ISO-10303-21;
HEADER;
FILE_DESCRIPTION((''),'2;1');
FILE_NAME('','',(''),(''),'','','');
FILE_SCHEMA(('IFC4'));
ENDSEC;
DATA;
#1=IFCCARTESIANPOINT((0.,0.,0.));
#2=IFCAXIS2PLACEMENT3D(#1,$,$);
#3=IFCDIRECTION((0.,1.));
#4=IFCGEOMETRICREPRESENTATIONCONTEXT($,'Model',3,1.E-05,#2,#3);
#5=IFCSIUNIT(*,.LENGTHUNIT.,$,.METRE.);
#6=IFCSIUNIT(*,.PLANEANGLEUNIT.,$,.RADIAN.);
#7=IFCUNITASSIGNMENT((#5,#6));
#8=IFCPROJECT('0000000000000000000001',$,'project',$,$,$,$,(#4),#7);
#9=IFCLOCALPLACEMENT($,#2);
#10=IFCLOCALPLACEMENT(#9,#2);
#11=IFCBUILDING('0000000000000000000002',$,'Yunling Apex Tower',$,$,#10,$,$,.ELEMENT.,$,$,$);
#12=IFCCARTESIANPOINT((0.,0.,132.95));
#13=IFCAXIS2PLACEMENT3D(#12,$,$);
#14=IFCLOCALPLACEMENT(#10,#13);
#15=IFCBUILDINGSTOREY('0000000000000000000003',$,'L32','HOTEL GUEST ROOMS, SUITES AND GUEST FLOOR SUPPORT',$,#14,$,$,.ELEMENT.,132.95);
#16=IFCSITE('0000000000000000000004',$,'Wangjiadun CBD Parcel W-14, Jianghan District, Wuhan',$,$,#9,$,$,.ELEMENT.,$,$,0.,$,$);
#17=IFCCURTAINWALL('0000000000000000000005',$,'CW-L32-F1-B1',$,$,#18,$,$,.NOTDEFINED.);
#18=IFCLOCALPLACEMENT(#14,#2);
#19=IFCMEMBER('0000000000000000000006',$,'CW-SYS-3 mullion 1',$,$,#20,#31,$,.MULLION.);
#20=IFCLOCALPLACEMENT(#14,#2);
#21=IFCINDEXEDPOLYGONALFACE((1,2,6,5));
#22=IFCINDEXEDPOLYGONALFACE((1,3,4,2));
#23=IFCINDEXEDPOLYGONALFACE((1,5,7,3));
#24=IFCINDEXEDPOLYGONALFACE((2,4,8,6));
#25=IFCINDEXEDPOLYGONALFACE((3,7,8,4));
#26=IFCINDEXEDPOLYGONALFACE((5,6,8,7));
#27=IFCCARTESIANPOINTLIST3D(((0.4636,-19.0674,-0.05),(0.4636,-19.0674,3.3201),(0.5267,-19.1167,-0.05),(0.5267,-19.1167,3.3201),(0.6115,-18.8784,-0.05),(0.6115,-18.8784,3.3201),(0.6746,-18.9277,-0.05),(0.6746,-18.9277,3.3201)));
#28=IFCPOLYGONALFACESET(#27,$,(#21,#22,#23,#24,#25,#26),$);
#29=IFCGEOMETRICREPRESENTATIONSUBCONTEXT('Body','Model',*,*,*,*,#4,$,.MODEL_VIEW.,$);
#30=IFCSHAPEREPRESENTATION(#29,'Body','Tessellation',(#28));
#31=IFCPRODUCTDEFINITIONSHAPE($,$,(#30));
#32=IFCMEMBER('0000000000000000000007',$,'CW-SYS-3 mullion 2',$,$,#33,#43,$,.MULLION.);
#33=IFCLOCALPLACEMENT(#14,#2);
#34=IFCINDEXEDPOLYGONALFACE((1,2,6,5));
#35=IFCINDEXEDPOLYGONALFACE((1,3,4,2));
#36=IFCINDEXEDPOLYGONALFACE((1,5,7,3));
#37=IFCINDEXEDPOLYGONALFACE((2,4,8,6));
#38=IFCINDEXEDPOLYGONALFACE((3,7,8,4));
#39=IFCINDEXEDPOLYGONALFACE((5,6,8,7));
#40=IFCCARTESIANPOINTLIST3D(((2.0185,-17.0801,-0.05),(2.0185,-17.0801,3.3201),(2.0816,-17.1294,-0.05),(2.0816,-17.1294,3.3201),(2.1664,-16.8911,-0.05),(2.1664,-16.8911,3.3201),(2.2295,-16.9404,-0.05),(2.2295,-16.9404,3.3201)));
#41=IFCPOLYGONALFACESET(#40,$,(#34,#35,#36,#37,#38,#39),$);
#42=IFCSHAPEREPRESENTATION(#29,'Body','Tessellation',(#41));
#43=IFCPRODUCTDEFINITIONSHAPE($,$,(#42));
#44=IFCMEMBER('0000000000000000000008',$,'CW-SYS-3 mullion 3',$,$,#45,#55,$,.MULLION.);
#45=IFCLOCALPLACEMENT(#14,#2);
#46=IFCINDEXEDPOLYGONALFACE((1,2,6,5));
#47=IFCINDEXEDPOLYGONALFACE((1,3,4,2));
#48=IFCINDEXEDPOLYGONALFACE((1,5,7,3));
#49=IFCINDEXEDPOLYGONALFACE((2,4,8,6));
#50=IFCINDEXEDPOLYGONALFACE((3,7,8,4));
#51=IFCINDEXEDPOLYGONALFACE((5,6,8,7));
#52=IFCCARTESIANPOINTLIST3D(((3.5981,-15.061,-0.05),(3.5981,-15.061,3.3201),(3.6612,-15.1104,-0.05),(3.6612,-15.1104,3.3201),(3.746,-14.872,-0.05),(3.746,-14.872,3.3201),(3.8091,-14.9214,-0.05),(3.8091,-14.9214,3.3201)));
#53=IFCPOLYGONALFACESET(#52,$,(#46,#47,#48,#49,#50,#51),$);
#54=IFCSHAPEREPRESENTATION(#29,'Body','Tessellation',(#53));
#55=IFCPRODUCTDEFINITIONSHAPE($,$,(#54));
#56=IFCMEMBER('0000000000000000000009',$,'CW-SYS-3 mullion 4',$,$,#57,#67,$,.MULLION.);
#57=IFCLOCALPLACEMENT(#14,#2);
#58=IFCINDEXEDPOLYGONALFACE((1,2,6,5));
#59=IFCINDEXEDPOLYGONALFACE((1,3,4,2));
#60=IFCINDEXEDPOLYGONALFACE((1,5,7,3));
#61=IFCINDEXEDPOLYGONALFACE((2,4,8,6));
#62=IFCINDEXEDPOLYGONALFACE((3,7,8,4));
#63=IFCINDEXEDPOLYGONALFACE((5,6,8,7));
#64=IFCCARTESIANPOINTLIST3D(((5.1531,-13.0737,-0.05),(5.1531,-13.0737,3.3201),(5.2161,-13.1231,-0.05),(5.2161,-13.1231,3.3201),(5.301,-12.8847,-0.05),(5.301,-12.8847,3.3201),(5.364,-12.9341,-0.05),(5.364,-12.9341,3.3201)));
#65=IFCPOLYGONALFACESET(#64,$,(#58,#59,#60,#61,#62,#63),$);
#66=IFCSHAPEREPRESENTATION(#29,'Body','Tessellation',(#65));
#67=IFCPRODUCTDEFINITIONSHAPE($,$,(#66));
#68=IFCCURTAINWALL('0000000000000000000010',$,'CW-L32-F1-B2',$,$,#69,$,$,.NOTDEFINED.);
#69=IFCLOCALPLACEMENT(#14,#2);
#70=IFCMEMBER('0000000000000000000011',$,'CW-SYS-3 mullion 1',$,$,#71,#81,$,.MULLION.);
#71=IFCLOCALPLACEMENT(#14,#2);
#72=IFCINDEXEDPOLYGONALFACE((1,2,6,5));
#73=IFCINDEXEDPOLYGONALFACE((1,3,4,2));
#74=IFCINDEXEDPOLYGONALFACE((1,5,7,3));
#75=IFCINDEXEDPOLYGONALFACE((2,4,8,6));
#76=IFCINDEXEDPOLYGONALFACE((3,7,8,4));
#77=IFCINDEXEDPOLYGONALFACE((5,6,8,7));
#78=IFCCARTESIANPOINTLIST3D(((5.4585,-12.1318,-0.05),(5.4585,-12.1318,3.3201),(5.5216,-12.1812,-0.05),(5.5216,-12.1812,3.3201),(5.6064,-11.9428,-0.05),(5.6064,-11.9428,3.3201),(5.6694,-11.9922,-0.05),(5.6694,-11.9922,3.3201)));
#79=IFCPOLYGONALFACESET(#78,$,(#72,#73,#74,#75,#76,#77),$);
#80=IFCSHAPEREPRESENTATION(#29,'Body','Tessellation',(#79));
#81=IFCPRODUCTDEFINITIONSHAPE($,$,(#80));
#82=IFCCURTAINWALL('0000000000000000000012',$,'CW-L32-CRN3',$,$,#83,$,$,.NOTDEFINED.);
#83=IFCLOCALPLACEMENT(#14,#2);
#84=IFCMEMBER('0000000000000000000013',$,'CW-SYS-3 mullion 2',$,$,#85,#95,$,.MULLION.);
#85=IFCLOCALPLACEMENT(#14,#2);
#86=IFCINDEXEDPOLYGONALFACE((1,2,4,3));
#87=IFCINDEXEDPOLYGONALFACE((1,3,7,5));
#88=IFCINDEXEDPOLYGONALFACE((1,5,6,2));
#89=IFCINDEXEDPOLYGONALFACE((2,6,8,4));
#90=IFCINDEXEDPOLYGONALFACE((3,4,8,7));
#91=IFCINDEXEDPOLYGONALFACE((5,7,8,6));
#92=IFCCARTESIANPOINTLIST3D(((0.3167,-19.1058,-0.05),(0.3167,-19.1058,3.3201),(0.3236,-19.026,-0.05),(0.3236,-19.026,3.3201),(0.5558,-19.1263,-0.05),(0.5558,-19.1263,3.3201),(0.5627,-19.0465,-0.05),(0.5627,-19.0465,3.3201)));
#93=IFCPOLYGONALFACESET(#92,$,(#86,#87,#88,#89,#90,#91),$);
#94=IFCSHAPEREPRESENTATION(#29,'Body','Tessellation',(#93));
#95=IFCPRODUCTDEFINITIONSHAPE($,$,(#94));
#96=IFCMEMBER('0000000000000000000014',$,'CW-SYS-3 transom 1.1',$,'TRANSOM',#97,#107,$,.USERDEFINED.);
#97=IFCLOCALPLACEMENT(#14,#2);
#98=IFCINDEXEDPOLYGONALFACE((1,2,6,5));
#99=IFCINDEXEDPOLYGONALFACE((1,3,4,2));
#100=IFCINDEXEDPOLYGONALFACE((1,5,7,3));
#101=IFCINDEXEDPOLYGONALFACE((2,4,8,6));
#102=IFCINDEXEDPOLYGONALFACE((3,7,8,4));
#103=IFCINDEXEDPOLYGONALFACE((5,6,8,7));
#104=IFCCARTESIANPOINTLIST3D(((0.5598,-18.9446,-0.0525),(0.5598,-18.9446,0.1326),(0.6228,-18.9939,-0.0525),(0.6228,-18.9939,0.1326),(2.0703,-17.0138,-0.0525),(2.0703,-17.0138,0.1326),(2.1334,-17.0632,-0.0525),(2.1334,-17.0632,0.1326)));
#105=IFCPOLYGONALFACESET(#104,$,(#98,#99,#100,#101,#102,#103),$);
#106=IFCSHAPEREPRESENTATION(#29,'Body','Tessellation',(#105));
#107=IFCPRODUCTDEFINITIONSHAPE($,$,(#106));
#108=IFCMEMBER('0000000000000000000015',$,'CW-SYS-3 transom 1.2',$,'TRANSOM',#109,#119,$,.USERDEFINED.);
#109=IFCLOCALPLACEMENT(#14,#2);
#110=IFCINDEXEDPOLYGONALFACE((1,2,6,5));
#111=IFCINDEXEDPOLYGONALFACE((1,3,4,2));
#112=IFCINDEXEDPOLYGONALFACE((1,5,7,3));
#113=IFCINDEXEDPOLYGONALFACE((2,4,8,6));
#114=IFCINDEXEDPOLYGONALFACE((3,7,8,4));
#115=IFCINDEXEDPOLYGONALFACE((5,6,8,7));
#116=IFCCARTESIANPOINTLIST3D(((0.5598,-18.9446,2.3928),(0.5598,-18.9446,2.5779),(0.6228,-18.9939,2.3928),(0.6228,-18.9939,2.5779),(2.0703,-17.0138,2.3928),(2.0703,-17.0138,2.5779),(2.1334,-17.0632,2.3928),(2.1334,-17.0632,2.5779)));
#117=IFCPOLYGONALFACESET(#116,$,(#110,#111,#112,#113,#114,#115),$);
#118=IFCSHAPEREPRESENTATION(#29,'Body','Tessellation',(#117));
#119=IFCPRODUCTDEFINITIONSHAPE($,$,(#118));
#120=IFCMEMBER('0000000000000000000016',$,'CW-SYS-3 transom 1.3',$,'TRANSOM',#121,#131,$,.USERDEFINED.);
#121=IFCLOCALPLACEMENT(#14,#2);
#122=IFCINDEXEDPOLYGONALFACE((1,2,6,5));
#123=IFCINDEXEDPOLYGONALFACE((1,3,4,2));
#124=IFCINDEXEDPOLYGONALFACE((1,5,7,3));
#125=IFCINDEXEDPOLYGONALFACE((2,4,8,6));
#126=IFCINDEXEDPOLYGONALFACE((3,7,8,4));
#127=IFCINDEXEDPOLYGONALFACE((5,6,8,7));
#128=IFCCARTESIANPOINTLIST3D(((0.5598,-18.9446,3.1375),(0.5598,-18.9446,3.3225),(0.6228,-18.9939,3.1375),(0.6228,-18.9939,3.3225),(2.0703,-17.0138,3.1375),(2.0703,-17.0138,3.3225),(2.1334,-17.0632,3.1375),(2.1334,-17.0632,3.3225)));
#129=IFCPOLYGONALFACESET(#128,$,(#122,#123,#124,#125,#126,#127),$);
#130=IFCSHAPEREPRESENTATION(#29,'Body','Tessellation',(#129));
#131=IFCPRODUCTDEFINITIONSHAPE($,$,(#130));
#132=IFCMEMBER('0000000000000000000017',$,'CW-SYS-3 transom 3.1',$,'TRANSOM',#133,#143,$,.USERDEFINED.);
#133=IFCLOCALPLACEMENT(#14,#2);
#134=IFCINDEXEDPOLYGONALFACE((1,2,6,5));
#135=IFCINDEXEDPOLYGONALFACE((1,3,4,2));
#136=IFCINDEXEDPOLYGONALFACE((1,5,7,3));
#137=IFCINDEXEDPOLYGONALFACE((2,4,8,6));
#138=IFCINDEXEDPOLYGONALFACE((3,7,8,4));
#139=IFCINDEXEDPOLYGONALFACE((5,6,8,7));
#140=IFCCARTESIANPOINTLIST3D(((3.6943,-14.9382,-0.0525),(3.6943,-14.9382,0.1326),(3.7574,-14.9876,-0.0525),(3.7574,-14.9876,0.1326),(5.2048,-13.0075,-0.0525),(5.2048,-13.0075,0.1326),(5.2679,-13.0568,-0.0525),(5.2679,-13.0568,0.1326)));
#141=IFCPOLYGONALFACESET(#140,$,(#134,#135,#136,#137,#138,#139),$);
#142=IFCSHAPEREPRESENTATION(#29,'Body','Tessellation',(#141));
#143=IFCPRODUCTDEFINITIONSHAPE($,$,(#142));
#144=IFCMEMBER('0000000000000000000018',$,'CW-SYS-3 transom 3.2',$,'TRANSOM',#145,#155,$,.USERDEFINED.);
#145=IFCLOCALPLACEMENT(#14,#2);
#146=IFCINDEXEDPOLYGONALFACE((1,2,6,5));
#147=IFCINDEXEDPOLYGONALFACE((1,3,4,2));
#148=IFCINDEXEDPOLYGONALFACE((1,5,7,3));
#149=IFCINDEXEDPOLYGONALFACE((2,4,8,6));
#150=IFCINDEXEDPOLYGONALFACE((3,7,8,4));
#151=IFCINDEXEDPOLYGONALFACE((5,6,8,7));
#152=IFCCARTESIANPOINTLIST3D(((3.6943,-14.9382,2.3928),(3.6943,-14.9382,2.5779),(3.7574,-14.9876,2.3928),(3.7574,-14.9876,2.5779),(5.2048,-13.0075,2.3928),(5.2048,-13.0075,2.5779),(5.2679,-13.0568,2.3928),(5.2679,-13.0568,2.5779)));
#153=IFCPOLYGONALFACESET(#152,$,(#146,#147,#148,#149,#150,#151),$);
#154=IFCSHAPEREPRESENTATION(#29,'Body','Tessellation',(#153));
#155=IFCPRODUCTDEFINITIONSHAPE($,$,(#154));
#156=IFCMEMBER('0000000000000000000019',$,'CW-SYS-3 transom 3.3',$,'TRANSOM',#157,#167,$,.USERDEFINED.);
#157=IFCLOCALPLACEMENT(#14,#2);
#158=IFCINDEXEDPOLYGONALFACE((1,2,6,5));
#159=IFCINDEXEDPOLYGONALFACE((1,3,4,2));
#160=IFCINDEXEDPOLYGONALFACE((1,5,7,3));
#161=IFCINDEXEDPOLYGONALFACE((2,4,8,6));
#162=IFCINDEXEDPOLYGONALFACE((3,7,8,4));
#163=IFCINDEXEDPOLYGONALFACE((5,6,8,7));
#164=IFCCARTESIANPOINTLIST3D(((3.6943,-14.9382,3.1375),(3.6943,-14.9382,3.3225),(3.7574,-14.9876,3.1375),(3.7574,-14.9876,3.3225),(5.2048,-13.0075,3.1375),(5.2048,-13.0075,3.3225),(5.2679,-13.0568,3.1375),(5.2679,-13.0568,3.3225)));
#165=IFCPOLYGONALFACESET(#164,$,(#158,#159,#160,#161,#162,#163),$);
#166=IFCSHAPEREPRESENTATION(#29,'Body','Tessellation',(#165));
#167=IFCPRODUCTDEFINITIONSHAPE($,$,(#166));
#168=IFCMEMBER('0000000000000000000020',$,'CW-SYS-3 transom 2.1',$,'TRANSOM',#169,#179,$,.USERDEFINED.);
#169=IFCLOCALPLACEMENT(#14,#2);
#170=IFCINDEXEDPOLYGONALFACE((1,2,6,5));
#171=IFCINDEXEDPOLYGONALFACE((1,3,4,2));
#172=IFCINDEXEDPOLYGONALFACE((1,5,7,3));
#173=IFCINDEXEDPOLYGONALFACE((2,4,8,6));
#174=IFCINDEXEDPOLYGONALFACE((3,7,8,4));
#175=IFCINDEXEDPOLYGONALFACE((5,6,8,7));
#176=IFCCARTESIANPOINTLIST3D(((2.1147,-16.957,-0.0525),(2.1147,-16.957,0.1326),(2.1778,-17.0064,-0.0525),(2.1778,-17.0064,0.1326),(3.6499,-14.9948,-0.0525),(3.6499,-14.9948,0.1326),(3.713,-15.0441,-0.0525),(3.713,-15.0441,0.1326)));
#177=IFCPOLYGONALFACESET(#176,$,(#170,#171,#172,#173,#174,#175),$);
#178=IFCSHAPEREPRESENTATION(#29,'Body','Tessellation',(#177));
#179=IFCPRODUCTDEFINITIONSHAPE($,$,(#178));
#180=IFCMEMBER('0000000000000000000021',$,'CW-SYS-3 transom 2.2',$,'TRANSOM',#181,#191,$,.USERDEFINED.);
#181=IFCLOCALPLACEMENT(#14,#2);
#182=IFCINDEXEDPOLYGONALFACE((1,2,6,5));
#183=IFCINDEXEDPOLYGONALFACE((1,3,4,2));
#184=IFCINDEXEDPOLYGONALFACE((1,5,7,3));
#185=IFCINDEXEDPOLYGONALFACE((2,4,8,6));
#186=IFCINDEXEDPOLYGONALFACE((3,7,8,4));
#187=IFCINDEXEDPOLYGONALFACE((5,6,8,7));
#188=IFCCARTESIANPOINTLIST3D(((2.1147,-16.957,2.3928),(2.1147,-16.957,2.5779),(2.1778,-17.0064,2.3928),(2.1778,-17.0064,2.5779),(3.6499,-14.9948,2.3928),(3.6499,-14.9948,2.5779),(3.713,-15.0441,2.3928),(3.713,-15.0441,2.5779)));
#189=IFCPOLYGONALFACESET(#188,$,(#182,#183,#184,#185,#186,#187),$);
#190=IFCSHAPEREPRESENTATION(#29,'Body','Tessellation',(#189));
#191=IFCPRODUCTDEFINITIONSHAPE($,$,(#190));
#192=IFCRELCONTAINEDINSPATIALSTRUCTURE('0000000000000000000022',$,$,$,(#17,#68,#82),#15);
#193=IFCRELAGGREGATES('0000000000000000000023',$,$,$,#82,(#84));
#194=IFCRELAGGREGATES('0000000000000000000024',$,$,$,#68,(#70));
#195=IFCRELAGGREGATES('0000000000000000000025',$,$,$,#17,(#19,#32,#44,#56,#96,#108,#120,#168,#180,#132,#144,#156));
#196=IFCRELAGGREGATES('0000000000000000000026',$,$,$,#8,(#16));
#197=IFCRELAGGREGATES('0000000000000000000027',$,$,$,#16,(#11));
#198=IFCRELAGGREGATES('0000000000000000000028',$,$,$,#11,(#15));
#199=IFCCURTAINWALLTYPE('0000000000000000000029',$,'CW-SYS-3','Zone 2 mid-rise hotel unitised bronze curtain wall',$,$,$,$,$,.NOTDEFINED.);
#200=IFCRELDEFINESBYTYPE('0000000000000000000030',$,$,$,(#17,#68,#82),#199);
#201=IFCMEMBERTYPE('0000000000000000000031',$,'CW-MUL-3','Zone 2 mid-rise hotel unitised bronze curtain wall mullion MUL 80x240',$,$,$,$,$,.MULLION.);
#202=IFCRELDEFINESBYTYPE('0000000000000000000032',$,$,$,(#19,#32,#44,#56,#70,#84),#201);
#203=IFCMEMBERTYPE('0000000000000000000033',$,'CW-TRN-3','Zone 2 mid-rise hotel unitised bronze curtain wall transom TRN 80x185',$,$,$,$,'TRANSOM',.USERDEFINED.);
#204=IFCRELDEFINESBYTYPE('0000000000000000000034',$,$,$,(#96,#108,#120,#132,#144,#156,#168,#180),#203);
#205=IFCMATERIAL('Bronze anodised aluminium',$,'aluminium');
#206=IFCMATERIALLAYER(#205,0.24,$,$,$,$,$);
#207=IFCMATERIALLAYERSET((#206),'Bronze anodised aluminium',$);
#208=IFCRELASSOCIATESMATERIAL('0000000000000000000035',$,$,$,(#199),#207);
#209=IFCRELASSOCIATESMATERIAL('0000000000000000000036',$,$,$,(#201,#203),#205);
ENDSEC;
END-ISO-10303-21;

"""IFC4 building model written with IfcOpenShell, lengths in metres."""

from ifc_helpers import new_model, si_unit, direction, frame, origin, origin_2d, place, context, subcontext, project, spatial, rectangle, extrude, source, transform, mapped, material, layer, layer_set, material_profile, profile_set, type_object, element, aggregate, save


model = new_model("IFC4")

# Units and contexts
model_context = context("Model", 3, precision=1e-05, world=origin(), true_north=direction((0.0, 1.0)))
body_context = subcontext(model_context, "Body", "Model", "MODEL_VIEW")
ifc_project = project(units=[si_unit("LENGTHUNIT", "METRE"), si_unit("PLANEANGLEUNIT", "RADIAN")], contexts=[model_context])

# Site, building, storey
site_placement = place(None, origin())
site = spatial("IfcSite", under=ifc_project, at=site_placement, Name="Wangjiadun CBD Parcel W-14, Jianghan District, Wuhan", CompositionType="ELEMENT", RefElevation=0.0)
building_placement = place(site_placement, origin())
building = spatial("IfcBuilding", under=site, at=building_placement, Name="Yunling Apex Tower", CompositionType="ELEMENT")
storey_placement = place(building_placement, frame((0.0, 0.0, 132.95)))
storey = spatial("IfcBuildingStorey", under=building, at=storey_placement, Name="L32", Description="HOTEL GUEST ROOMS, SUITES AND GUEST FLOOR SUPPORT", CompositionType="ELEMENT", Elevation=132.95)

# Curtain wall, members
ifc_material_1 = material(Name="Bronze anodised aluminium", Category="aluminium")
ifc_layer_1 = layer(ifc_material_1, 0.24)
ifc_layer_set_1 = layer_set([ifc_layer_1], Name="Bronze anodised aluminium")
curtain_wall_type = type_object("IfcCurtainWallType", Name="CW-SYS-3", Description="Zone 2 mid-rise hotel unitised bronze curtain wall", PredefinedType="NOTDEFINED", material=ifc_layer_set_1)
curtain_wall_1_placement = place(storey_placement, origin())
curtain_wall_1 = element("IfcCurtainWall", 1, at=curtain_wall_1_placement, inside=storey, type_object=curtain_wall_type, Name="CW-L32-F1-B1", PredefinedType="NOTDEFINED")
ifc_material_profile_1 = material_profile(ifc_material_1, rectangle(XDim=0.0801, YDim=0.24, at=origin_2d()))
ifc_profile_set_1 = profile_set([ifc_material_profile_1], Name="Bronze anodised aluminium")
member_type_1 = type_object("IfcMemberType", Name="CW-MUL-3", Description="Zone 2 mid-rise hotel unitised bronze curtain wall mullion MUL 80x240", PredefinedType="MULLION", material=ifc_profile_set_1)
shared_shape_1 = source(origin(), body_context, "Body", "SweptSolid", [
    extrude(rectangle(XDim=0.0801, YDim=0.24, at=origin_2d()), origin(), (0.0, 0.0, 1.0), 3.3701),
])
member_1_placement = place(storey_placement, frame((0.5691, -18.9976, -0.05), z_axis=(0.0, 0.0, 1.0), x_axis=(-0.787584, 0.616208, 0.0)))
member_1 = element("IfcMember", 2, at=member_1_placement, type_object=member_type_1, Name="CW-SYS-3 mullion 1", PredefinedType="MULLION", context=body_context, shape_type="MappedRepresentation", body=[
    mapped(shared_shape_1, transform((0.0, 0.0, 0.0), scale=1.0)),
])
member_2_placement = place(storey_placement, frame((2.124, -17.0103, -0.05), z_axis=(0.0, 0.0, 1.0), x_axis=(-0.787584, 0.616208, 0.0)))
member_2 = element("IfcMember", 3, at=member_2_placement, type_object=member_type_1, Name="CW-SYS-3 mullion 2", PredefinedType="MULLION", context=body_context, shape_type="MappedRepresentation", body=[
    mapped(shared_shape_1, transform((0.0, 0.0, 0.0), scale=1.0)),
])
member_3_placement = place(storey_placement, frame((3.7036, -14.9912, -0.05), z_axis=(0.0, 0.0, 1.0), x_axis=(-0.787584, 0.616208, 0.0)))
member_3 = element("IfcMember", 4, at=member_3_placement, type_object=member_type_1, Name="CW-SYS-3 mullion 3", PredefinedType="MULLION", context=body_context, shape_type="MappedRepresentation", body=[
    mapped(shared_shape_1, transform((0.0, 0.0, 0.0), scale=1.0)),
])
member_4_placement = place(storey_placement, frame((5.2585, -13.0039, -0.05), z_axis=(0.0, 0.0, 1.0), x_axis=(-0.787584, 0.616208, 0.0)))
member_4 = element("IfcMember", 5, at=member_4_placement, type_object=member_type_1, Name="CW-SYS-3 mullion 4", PredefinedType="MULLION", context=body_context, shape_type="MappedRepresentation", body=[
    mapped(shared_shape_1, transform((0.0, 0.0, 0.0), scale=1.0)),
])

# Curtain walls, members
curtain_wall_2_placement = place(storey_placement, origin())
curtain_wall_2 = element("IfcCurtainWall", 6, at=curtain_wall_2_placement, inside=storey, type_object=curtain_wall_type, Name="CW-L32-F1-B2", PredefinedType="NOTDEFINED")
member_5_placement = place(storey_placement, frame((5.564, -12.062, -0.05), z_axis=(0.0, 0.0, 1.0), x_axis=(-0.78759, 0.616199, 0.0)))
member_5 = element("IfcMember", 7, at=member_5_placement, type_object=member_type_1, Name="CW-SYS-3 mullion 1", PredefinedType="MULLION", context=body_context, shape_type="MappedRepresentation", body=[
    mapped(shared_shape_1, transform((0.0, 0.0, 0.0), scale=1.0)),
])
curtain_wall_3_placement = place(storey_placement, origin())
curtain_wall_3 = element("IfcCurtainWall", 8, at=curtain_wall_3_placement, inside=storey, type_object=curtain_wall_type, Name="CW-L32-CRN3", PredefinedType="NOTDEFINED")
member_6_placement = place(storey_placement, frame((0.4397, -19.0762, -0.05), z_axis=(0.0, 0.0, 1.0), x_axis=(0.08555, 0.996334, 0.0)))
member_6 = element("IfcMember", 9, at=member_6_placement, type_object=member_type_1, Name="CW-SYS-3 mullion 2", PredefinedType="MULLION", context=body_context, shape_type="MappedRepresentation", body=[
    mapped(shared_shape_1, transform((0.0, 0.0, 0.0), scale=1.0)),
])
aggregate(curtain_wall_3, [member_6])

# Members
ifc_material_profile_2 = material_profile(ifc_material_1, rectangle(XDim=0.0801, YDim=0.1851, at=origin_2d()))
ifc_profile_set_2 = profile_set([ifc_material_profile_2], Name="Bronze anodised aluminium")
member_type_2 = type_object("IfcMemberType", Name="CW-TRN-3", Description="Zone 2 mid-rise hotel unitised bronze curtain wall transom TRN 80x185", ElementType="TRANSOM", PredefinedType="USERDEFINED", material=ifc_profile_set_2)
shared_shape_2 = source(origin(), body_context, "Body", "SweptSolid", [
    extrude(rectangle(XDim=0.0801, YDim=0.1851, at=origin_2d()), origin(), (0.0, 0.0, 1.0), 2.4514),
])
member_7_placement = place(storey_placement, frame((0.5913, -18.9692, 0.04), z_axis=(0.616193, 0.787595, 0.0), x_axis=(-0.787595, 0.616193, 0.0)))
member_7 = element("IfcMember", 10, at=member_7_placement, type_object=member_type_2, Name="CW-SYS-3 transom 1.1", ObjectType="TRANSOM", PredefinedType="USERDEFINED", context=body_context, shape_type="MappedRepresentation", body=[
    mapped(shared_shape_2, transform((0.0, 0.0, 0.0), scale=1.0)),
])
member_8_placement = place(storey_placement, frame((0.5913, -18.9692, 2.4854), z_axis=(0.616193, 0.787595, 0.0), x_axis=(-0.787595, 0.616193, 0.0)))
member_8 = element("IfcMember", 11, at=member_8_placement, type_object=member_type_2, Name="CW-SYS-3 transom 1.2", ObjectType="TRANSOM", PredefinedType="USERDEFINED", context=body_context, shape_type="MappedRepresentation", body=[
    mapped(shared_shape_2, transform((0.0, 0.0, 0.0), scale=1.0)),
])
member_9_placement = place(storey_placement, frame((0.5913, -18.9692, 3.23), z_axis=(0.616193, 0.787595, 0.0), x_axis=(-0.787595, 0.616193, 0.0)))
member_9 = element("IfcMember", 12, at=member_9_placement, type_object=member_type_2, Name="CW-SYS-3 transom 1.3", ObjectType="TRANSOM", PredefinedType="USERDEFINED", context=body_context, shape_type="MappedRepresentation", body=[
    mapped(shared_shape_2, transform((0.0, 0.0, 0.0), scale=1.0)),
])
member_10_placement = place(storey_placement, frame((3.7258, -14.9629, 0.04), z_axis=(0.616193, 0.787595, 0.0), x_axis=(-0.787595, 0.616193, 0.0)))
member_10 = element("IfcMember", 13, at=member_10_placement, type_object=member_type_2, Name="CW-SYS-3 transom 3.1", ObjectType="TRANSOM", PredefinedType="USERDEFINED", context=body_context, shape_type="MappedRepresentation", body=[
    mapped(shared_shape_2, transform((0.0, 0.0, 0.0), scale=1.0)),
])
member_11_placement = place(storey_placement, frame((3.7258, -14.9629, 2.4854), z_axis=(0.616193, 0.787595, 0.0), x_axis=(-0.787595, 0.616193, 0.0)))
member_11 = element("IfcMember", 14, at=member_11_placement, type_object=member_type_2, Name="CW-SYS-3 transom 3.2", ObjectType="TRANSOM", PredefinedType="USERDEFINED", context=body_context, shape_type="MappedRepresentation", body=[
    mapped(shared_shape_2, transform((0.0, 0.0, 0.0), scale=1.0)),
])
member_12_placement = place(storey_placement, frame((3.7258, -14.9629, 3.23), z_axis=(0.616193, 0.787595, 0.0), x_axis=(-0.787595, 0.616193, 0.0)))
member_12 = element("IfcMember", 15, at=member_12_placement, type_object=member_type_2, Name="CW-SYS-3 transom 3.3", ObjectType="TRANSOM", PredefinedType="USERDEFINED", context=body_context, shape_type="MappedRepresentation", body=[
    mapped(shared_shape_2, transform((0.0, 0.0, 0.0), scale=1.0)),
])
shared_shape_3 = source(origin(), body_context, "Body", "SweptSolid", [
    extrude(rectangle(XDim=0.0801, YDim=0.1851, at=origin_2d()), origin(), (0.0, 0.0, 1.0), 2.4915),
])
member_13_placement = place(storey_placement, frame((2.1462, -16.9817, 0.04), z_axis=(0.616197, 0.787592, 0.0), x_axis=(-0.787592, 0.616197, 0.0)))
member_13 = element("IfcMember", 16, at=member_13_placement, type_object=member_type_2, Name="CW-SYS-3 transom 2.1", ObjectType="TRANSOM", PredefinedType="USERDEFINED", context=body_context, shape_type="MappedRepresentation", body=[
    mapped(shared_shape_3, transform((0.0, 0.0, 0.0), scale=1.0)),
])
member_14_placement = place(storey_placement, frame((2.1462, -16.9817, 2.4854), z_axis=(0.616197, 0.787592, 0.0), x_axis=(-0.787592, 0.616197, 0.0)))
member_14 = element("IfcMember", 17, at=member_14_placement, type_object=member_type_2, Name="CW-SYS-3 transom 2.2", ObjectType="TRANSOM", PredefinedType="USERDEFINED", context=body_context, shape_type="MappedRepresentation", body=[
    mapped(shared_shape_3, transform((0.0, 0.0, 0.0), scale=1.0)),
])
aggregate(curtain_wall_2, [member_5])

aggregate(curtain_wall_1, [member_1, member_2, member_3, member_4, member_7, member_8, member_9, member_13, member_14, member_10, member_11, member_12])

save(model, "model.ifc")
